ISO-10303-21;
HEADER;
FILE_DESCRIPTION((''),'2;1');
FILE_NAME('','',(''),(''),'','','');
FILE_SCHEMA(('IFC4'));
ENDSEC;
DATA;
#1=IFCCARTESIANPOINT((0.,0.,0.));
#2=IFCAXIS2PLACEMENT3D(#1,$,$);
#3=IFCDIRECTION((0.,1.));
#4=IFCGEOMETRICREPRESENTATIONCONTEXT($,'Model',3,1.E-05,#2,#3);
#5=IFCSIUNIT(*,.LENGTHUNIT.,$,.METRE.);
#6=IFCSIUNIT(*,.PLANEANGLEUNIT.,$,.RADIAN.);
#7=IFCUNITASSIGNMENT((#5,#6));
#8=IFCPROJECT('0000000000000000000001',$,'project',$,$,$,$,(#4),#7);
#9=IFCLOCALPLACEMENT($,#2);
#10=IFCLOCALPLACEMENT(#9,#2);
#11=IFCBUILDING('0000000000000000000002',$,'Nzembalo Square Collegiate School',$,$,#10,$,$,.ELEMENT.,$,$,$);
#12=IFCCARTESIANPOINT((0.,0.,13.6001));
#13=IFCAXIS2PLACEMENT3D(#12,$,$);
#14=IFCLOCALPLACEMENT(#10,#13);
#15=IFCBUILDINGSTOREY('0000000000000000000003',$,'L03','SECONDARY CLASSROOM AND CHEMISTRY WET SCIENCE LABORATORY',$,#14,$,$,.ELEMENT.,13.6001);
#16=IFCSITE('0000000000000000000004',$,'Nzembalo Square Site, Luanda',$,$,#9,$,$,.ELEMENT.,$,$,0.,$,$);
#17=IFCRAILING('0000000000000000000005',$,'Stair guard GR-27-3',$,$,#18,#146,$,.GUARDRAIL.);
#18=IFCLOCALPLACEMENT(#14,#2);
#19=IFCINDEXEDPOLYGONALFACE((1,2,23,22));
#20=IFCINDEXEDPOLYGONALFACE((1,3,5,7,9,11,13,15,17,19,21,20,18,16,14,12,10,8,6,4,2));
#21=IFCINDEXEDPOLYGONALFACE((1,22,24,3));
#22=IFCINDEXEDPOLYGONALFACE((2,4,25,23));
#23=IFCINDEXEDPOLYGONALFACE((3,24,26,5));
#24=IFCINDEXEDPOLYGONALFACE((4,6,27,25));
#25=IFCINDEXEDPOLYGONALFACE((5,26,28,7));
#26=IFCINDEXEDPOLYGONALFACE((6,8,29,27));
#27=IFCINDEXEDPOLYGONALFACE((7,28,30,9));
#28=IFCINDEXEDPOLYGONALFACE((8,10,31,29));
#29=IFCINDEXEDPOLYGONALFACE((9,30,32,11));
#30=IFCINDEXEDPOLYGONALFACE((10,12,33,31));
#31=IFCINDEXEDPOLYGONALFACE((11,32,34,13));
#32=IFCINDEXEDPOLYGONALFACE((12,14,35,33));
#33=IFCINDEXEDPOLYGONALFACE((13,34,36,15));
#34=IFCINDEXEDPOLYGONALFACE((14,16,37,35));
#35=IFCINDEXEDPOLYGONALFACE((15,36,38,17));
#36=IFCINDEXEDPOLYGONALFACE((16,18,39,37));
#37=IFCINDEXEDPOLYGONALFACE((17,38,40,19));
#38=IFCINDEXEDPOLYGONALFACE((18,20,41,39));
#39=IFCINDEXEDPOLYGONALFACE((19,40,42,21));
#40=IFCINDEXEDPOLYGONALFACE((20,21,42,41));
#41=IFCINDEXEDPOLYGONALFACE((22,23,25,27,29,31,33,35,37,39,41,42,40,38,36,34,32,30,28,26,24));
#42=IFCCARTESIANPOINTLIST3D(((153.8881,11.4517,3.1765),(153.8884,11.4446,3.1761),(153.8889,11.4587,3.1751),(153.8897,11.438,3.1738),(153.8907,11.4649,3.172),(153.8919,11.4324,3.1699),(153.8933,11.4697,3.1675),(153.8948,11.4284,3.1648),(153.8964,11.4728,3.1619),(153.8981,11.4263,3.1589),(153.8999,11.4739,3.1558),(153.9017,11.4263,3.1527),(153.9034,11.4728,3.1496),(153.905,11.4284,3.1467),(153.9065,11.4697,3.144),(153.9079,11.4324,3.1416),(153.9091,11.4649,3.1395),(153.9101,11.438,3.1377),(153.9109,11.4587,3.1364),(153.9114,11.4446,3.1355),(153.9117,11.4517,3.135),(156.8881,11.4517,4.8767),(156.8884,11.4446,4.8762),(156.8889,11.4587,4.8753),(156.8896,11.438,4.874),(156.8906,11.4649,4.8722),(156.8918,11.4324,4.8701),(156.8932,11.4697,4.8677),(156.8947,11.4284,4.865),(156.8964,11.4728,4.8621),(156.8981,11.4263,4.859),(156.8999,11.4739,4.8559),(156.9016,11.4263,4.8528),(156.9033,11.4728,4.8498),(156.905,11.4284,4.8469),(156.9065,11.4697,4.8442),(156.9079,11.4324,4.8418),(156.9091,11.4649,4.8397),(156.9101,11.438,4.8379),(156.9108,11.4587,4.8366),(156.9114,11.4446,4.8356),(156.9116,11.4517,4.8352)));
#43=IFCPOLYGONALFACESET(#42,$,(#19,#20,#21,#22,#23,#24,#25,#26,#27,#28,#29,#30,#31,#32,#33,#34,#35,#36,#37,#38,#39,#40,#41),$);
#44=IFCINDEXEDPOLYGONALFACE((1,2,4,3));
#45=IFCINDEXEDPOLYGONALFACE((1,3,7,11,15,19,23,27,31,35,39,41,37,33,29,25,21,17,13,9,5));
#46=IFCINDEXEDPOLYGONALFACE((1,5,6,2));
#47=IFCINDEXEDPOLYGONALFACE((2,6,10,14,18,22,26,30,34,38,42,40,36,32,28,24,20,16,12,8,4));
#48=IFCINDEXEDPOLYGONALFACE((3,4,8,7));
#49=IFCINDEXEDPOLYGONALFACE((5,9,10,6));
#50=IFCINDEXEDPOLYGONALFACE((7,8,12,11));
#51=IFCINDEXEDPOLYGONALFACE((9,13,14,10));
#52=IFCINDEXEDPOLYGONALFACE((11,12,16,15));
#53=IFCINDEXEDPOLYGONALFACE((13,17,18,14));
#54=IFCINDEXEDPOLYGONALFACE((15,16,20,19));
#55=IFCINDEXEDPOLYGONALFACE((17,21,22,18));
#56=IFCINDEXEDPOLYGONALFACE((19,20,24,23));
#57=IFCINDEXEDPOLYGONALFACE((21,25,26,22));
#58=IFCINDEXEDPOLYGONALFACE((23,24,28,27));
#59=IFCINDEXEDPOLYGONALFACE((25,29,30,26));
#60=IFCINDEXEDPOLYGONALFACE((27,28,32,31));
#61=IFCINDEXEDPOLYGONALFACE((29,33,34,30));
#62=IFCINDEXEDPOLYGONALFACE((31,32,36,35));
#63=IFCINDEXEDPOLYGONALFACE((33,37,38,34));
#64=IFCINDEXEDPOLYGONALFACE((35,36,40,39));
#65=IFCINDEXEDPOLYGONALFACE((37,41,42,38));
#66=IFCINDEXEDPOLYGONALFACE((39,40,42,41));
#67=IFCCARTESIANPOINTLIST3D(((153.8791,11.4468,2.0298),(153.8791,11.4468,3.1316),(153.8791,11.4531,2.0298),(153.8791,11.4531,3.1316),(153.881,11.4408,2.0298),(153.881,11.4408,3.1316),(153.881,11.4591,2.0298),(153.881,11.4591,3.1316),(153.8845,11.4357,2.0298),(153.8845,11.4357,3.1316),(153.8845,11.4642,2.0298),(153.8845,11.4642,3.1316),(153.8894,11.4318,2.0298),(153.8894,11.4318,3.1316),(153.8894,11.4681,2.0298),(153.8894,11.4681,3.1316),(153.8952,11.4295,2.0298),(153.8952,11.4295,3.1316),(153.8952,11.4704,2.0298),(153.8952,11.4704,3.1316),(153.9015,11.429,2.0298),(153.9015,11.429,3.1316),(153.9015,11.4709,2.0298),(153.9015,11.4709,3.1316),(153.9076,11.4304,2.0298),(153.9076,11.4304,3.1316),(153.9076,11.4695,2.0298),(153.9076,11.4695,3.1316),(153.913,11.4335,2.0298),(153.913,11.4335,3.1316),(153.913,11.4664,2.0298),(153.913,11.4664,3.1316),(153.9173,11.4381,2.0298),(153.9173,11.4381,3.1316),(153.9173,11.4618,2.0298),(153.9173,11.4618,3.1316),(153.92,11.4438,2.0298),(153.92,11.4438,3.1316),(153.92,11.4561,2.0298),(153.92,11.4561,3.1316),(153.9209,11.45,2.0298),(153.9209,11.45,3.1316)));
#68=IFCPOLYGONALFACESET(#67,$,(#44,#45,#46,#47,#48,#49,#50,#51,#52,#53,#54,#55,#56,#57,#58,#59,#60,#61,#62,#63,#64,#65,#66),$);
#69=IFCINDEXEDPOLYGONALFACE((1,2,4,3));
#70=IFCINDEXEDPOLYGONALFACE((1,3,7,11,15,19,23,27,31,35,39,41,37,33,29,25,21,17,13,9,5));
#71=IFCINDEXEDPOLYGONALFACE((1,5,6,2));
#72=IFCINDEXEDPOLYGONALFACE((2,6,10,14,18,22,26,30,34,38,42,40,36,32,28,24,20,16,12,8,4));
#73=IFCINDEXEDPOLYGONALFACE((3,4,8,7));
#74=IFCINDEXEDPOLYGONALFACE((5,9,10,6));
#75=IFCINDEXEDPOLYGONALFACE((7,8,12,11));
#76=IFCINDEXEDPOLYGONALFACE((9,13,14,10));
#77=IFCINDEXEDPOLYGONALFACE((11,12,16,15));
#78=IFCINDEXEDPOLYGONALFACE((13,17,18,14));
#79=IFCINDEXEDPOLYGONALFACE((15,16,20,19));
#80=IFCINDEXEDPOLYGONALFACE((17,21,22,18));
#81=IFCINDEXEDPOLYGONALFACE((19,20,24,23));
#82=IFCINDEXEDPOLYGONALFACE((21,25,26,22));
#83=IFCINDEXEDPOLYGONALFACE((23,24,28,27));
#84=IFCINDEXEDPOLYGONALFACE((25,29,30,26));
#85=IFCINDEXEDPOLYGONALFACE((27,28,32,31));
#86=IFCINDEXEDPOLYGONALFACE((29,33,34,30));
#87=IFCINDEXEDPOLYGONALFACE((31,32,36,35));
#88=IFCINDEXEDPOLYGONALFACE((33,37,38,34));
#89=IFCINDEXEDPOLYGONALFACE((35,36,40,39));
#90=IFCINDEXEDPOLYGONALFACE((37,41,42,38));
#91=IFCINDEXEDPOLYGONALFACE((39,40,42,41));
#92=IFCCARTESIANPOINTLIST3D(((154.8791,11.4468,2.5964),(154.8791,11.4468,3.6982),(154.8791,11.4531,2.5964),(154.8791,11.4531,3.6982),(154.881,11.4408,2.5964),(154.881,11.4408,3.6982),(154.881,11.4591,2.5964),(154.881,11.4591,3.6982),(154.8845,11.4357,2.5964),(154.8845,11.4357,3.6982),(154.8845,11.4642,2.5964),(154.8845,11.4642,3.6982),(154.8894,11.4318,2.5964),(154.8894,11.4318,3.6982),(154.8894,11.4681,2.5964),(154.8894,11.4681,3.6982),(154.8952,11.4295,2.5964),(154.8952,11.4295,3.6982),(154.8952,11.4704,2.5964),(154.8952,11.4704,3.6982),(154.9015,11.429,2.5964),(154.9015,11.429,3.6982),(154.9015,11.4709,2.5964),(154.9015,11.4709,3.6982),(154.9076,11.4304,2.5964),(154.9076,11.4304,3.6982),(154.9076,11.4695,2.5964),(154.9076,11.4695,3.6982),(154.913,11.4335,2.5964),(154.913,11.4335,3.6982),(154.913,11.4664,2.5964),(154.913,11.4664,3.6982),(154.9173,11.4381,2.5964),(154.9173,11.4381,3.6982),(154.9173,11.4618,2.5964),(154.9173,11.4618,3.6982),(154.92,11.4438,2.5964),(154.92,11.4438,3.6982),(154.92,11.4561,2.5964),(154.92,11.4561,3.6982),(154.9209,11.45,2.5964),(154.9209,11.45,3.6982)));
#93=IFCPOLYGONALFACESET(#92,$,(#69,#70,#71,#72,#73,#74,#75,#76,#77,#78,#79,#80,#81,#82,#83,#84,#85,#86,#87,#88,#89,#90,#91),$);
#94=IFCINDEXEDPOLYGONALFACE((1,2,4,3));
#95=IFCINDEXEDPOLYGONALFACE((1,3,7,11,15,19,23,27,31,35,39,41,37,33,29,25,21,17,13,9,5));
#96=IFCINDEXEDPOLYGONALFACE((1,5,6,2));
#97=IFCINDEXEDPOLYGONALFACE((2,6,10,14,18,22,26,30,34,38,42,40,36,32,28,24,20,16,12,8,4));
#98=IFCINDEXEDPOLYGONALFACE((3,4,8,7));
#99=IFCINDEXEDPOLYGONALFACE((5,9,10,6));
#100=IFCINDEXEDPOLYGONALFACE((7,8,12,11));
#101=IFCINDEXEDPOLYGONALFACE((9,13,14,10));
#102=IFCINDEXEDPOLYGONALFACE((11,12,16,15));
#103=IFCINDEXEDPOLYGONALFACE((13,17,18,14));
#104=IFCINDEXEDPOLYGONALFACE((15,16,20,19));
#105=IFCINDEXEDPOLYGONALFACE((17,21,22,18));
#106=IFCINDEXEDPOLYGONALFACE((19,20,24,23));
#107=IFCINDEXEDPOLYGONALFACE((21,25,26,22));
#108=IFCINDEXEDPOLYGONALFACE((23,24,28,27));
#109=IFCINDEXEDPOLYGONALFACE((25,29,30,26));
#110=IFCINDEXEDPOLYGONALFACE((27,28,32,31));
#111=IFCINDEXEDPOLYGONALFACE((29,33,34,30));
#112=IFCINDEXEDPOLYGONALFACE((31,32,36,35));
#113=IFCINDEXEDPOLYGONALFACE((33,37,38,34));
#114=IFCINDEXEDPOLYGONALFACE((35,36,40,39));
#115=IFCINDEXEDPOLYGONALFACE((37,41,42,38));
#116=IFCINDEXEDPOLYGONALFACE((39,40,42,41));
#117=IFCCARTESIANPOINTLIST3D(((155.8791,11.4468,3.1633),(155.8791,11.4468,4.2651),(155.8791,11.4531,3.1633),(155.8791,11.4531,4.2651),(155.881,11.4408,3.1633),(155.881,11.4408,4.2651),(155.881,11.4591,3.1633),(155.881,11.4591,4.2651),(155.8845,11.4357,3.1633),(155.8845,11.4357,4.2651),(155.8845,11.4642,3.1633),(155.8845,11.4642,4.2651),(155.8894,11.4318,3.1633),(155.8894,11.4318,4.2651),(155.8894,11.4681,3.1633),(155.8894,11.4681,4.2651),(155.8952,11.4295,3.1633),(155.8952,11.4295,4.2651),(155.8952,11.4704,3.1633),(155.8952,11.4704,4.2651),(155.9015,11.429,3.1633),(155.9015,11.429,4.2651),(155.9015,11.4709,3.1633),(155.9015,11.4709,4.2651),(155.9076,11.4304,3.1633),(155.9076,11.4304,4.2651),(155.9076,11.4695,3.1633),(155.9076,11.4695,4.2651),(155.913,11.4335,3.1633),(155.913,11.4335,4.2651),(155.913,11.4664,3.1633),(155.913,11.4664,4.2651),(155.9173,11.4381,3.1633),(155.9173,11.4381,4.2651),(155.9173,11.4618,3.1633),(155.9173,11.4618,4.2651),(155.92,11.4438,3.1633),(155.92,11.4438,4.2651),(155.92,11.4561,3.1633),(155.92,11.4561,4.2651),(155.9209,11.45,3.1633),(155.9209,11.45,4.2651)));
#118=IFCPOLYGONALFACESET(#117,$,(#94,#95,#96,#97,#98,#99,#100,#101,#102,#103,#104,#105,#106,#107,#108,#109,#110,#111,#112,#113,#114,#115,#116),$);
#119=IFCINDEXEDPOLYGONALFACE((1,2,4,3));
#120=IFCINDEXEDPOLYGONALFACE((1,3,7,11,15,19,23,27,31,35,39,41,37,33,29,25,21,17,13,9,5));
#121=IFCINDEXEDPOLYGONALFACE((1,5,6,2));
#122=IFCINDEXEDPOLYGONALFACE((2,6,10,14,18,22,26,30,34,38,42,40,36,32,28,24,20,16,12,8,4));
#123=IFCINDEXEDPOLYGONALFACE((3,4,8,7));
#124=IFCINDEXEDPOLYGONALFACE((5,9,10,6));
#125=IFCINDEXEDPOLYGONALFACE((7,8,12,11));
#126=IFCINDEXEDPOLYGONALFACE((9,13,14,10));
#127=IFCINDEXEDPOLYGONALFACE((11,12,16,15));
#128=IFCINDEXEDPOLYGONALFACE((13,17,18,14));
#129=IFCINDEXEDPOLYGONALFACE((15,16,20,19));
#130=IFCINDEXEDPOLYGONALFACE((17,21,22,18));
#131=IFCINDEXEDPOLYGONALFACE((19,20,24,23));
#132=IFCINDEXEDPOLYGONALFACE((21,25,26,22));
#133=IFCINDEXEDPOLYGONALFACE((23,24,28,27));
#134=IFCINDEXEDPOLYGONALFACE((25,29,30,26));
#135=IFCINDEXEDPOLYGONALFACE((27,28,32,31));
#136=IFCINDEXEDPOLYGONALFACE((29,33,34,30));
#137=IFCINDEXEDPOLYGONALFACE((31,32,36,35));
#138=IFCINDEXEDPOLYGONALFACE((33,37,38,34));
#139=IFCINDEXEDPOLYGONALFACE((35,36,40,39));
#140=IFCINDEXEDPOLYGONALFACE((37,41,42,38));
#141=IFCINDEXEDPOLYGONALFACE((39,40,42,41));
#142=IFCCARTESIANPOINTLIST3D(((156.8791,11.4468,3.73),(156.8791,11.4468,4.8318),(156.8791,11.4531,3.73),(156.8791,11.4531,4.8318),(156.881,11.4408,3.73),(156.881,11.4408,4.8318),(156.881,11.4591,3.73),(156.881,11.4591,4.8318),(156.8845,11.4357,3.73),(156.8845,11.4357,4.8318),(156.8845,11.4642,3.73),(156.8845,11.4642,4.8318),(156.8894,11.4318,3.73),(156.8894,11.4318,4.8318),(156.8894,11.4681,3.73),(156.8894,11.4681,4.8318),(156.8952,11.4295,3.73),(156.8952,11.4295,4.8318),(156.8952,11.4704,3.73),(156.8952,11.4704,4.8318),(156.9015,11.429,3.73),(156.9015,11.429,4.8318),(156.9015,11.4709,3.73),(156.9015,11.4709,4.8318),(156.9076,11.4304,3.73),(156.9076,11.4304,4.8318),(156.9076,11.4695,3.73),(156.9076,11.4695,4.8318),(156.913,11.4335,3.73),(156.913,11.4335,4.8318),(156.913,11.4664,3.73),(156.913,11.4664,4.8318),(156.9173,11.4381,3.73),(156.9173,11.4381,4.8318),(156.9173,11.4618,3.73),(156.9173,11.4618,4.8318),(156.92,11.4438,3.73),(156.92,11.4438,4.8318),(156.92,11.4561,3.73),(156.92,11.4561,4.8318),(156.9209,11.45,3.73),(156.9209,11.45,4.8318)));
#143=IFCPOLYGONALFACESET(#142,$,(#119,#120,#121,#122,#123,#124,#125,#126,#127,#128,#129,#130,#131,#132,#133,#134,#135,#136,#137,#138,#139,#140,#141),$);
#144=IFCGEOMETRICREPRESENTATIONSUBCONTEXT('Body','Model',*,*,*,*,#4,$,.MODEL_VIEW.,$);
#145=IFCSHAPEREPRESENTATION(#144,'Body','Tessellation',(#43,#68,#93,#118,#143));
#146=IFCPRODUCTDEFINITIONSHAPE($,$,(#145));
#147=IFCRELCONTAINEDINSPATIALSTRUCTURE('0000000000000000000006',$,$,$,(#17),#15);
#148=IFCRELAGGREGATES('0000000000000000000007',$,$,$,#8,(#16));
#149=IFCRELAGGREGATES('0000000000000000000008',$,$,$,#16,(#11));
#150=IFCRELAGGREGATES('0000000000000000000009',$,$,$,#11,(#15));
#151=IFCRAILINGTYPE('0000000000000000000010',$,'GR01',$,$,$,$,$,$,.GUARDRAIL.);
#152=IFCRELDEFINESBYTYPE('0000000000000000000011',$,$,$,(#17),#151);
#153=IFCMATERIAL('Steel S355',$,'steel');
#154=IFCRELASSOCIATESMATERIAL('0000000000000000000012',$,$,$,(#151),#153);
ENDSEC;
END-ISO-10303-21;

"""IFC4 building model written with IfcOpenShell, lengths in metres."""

from ifc_helpers import new_model, si_unit, direction, frame, origin, origin_2d, place, context, subcontext, project, spatial, circle, extrude, material, type_object, element, save


model = new_model("IFC4")

# Units and contexts
model_context = context("Model", 3, precision=1e-05, world=origin(), true_north=direction((0.0, 1.0)))
body_context = subcontext(model_context, "Body", "Model", "MODEL_VIEW")
ifc_project = project(units=[si_unit("LENGTHUNIT", "METRE"), si_unit("PLANEANGLEUNIT", "RADIAN")], contexts=[model_context])

# Site, building, storey
site_placement = place(None, origin())
site = spatial("IfcSite", under=ifc_project, at=site_placement, Name="Nzembalo Square Site, Luanda", CompositionType="ELEMENT", RefElevation=0.0)
building_placement = place(site_placement, origin())
building = spatial("IfcBuilding", under=site, at=building_placement, Name="Nzembalo Square Collegiate School", CompositionType="ELEMENT")
storey_placement = place(building_placement, frame((0.0, 0.0, 13.6001)))
storey = spatial("IfcBuildingStorey", under=building, at=storey_placement, Name="L03", Description="SECONDARY CLASSROOM AND CHEMISTRY WET SCIENCE LABORATORY", CompositionType="ELEMENT", Elevation=13.6001)

# Railing
ifc_material_1 = material(Name="Steel S355", Category="steel")
railing_type_1 = type_object("IfcRailingType", Name="GR01", PredefinedType="GUARDRAIL", material=ifc_material_1)
railing_1_placement = place(storey_placement, frame((153.8999, 11.45, 2.0298)))
element("IfcRailing", 1, at=railing_1_placement, inside=storey, type_object=railing_type_1, Name="Stair guard GR-27-3", PredefinedType="GUARDRAIL", context=body_context, shape_type="SweptSolid", body=[
    extrude(circle(Radius=0.0239, at=origin_2d()), frame((0.0, 0.0, 1.126), z_axis=(0.869998, 0.0, 0.493055), x_axis=(0.0, 1.0, 0.0)), (0.0, 0.0, 1.0), 3.4482),
    extrude(circle(Radius=0.021, at=origin_2d()), origin(), (0.0, 0.0, 1.0), 1.1018),
    extrude(circle(Radius=0.021, at=origin_2d()), frame((1.0, 0.0, 0.5667)), (0.0, 0.0, 1.0), 1.1018),
    extrude(circle(Radius=0.021, at=origin_2d()), frame((2.0, 0.0, 1.1335)), (0.0, 0.0, 1.0), 1.1018),
    extrude(circle(Radius=0.021, at=origin_2d()), frame((3.0, 0.0, 1.7002)), (0.0, 0.0, 1.0), 1.1018),
])

save(model, "model.ifc")
